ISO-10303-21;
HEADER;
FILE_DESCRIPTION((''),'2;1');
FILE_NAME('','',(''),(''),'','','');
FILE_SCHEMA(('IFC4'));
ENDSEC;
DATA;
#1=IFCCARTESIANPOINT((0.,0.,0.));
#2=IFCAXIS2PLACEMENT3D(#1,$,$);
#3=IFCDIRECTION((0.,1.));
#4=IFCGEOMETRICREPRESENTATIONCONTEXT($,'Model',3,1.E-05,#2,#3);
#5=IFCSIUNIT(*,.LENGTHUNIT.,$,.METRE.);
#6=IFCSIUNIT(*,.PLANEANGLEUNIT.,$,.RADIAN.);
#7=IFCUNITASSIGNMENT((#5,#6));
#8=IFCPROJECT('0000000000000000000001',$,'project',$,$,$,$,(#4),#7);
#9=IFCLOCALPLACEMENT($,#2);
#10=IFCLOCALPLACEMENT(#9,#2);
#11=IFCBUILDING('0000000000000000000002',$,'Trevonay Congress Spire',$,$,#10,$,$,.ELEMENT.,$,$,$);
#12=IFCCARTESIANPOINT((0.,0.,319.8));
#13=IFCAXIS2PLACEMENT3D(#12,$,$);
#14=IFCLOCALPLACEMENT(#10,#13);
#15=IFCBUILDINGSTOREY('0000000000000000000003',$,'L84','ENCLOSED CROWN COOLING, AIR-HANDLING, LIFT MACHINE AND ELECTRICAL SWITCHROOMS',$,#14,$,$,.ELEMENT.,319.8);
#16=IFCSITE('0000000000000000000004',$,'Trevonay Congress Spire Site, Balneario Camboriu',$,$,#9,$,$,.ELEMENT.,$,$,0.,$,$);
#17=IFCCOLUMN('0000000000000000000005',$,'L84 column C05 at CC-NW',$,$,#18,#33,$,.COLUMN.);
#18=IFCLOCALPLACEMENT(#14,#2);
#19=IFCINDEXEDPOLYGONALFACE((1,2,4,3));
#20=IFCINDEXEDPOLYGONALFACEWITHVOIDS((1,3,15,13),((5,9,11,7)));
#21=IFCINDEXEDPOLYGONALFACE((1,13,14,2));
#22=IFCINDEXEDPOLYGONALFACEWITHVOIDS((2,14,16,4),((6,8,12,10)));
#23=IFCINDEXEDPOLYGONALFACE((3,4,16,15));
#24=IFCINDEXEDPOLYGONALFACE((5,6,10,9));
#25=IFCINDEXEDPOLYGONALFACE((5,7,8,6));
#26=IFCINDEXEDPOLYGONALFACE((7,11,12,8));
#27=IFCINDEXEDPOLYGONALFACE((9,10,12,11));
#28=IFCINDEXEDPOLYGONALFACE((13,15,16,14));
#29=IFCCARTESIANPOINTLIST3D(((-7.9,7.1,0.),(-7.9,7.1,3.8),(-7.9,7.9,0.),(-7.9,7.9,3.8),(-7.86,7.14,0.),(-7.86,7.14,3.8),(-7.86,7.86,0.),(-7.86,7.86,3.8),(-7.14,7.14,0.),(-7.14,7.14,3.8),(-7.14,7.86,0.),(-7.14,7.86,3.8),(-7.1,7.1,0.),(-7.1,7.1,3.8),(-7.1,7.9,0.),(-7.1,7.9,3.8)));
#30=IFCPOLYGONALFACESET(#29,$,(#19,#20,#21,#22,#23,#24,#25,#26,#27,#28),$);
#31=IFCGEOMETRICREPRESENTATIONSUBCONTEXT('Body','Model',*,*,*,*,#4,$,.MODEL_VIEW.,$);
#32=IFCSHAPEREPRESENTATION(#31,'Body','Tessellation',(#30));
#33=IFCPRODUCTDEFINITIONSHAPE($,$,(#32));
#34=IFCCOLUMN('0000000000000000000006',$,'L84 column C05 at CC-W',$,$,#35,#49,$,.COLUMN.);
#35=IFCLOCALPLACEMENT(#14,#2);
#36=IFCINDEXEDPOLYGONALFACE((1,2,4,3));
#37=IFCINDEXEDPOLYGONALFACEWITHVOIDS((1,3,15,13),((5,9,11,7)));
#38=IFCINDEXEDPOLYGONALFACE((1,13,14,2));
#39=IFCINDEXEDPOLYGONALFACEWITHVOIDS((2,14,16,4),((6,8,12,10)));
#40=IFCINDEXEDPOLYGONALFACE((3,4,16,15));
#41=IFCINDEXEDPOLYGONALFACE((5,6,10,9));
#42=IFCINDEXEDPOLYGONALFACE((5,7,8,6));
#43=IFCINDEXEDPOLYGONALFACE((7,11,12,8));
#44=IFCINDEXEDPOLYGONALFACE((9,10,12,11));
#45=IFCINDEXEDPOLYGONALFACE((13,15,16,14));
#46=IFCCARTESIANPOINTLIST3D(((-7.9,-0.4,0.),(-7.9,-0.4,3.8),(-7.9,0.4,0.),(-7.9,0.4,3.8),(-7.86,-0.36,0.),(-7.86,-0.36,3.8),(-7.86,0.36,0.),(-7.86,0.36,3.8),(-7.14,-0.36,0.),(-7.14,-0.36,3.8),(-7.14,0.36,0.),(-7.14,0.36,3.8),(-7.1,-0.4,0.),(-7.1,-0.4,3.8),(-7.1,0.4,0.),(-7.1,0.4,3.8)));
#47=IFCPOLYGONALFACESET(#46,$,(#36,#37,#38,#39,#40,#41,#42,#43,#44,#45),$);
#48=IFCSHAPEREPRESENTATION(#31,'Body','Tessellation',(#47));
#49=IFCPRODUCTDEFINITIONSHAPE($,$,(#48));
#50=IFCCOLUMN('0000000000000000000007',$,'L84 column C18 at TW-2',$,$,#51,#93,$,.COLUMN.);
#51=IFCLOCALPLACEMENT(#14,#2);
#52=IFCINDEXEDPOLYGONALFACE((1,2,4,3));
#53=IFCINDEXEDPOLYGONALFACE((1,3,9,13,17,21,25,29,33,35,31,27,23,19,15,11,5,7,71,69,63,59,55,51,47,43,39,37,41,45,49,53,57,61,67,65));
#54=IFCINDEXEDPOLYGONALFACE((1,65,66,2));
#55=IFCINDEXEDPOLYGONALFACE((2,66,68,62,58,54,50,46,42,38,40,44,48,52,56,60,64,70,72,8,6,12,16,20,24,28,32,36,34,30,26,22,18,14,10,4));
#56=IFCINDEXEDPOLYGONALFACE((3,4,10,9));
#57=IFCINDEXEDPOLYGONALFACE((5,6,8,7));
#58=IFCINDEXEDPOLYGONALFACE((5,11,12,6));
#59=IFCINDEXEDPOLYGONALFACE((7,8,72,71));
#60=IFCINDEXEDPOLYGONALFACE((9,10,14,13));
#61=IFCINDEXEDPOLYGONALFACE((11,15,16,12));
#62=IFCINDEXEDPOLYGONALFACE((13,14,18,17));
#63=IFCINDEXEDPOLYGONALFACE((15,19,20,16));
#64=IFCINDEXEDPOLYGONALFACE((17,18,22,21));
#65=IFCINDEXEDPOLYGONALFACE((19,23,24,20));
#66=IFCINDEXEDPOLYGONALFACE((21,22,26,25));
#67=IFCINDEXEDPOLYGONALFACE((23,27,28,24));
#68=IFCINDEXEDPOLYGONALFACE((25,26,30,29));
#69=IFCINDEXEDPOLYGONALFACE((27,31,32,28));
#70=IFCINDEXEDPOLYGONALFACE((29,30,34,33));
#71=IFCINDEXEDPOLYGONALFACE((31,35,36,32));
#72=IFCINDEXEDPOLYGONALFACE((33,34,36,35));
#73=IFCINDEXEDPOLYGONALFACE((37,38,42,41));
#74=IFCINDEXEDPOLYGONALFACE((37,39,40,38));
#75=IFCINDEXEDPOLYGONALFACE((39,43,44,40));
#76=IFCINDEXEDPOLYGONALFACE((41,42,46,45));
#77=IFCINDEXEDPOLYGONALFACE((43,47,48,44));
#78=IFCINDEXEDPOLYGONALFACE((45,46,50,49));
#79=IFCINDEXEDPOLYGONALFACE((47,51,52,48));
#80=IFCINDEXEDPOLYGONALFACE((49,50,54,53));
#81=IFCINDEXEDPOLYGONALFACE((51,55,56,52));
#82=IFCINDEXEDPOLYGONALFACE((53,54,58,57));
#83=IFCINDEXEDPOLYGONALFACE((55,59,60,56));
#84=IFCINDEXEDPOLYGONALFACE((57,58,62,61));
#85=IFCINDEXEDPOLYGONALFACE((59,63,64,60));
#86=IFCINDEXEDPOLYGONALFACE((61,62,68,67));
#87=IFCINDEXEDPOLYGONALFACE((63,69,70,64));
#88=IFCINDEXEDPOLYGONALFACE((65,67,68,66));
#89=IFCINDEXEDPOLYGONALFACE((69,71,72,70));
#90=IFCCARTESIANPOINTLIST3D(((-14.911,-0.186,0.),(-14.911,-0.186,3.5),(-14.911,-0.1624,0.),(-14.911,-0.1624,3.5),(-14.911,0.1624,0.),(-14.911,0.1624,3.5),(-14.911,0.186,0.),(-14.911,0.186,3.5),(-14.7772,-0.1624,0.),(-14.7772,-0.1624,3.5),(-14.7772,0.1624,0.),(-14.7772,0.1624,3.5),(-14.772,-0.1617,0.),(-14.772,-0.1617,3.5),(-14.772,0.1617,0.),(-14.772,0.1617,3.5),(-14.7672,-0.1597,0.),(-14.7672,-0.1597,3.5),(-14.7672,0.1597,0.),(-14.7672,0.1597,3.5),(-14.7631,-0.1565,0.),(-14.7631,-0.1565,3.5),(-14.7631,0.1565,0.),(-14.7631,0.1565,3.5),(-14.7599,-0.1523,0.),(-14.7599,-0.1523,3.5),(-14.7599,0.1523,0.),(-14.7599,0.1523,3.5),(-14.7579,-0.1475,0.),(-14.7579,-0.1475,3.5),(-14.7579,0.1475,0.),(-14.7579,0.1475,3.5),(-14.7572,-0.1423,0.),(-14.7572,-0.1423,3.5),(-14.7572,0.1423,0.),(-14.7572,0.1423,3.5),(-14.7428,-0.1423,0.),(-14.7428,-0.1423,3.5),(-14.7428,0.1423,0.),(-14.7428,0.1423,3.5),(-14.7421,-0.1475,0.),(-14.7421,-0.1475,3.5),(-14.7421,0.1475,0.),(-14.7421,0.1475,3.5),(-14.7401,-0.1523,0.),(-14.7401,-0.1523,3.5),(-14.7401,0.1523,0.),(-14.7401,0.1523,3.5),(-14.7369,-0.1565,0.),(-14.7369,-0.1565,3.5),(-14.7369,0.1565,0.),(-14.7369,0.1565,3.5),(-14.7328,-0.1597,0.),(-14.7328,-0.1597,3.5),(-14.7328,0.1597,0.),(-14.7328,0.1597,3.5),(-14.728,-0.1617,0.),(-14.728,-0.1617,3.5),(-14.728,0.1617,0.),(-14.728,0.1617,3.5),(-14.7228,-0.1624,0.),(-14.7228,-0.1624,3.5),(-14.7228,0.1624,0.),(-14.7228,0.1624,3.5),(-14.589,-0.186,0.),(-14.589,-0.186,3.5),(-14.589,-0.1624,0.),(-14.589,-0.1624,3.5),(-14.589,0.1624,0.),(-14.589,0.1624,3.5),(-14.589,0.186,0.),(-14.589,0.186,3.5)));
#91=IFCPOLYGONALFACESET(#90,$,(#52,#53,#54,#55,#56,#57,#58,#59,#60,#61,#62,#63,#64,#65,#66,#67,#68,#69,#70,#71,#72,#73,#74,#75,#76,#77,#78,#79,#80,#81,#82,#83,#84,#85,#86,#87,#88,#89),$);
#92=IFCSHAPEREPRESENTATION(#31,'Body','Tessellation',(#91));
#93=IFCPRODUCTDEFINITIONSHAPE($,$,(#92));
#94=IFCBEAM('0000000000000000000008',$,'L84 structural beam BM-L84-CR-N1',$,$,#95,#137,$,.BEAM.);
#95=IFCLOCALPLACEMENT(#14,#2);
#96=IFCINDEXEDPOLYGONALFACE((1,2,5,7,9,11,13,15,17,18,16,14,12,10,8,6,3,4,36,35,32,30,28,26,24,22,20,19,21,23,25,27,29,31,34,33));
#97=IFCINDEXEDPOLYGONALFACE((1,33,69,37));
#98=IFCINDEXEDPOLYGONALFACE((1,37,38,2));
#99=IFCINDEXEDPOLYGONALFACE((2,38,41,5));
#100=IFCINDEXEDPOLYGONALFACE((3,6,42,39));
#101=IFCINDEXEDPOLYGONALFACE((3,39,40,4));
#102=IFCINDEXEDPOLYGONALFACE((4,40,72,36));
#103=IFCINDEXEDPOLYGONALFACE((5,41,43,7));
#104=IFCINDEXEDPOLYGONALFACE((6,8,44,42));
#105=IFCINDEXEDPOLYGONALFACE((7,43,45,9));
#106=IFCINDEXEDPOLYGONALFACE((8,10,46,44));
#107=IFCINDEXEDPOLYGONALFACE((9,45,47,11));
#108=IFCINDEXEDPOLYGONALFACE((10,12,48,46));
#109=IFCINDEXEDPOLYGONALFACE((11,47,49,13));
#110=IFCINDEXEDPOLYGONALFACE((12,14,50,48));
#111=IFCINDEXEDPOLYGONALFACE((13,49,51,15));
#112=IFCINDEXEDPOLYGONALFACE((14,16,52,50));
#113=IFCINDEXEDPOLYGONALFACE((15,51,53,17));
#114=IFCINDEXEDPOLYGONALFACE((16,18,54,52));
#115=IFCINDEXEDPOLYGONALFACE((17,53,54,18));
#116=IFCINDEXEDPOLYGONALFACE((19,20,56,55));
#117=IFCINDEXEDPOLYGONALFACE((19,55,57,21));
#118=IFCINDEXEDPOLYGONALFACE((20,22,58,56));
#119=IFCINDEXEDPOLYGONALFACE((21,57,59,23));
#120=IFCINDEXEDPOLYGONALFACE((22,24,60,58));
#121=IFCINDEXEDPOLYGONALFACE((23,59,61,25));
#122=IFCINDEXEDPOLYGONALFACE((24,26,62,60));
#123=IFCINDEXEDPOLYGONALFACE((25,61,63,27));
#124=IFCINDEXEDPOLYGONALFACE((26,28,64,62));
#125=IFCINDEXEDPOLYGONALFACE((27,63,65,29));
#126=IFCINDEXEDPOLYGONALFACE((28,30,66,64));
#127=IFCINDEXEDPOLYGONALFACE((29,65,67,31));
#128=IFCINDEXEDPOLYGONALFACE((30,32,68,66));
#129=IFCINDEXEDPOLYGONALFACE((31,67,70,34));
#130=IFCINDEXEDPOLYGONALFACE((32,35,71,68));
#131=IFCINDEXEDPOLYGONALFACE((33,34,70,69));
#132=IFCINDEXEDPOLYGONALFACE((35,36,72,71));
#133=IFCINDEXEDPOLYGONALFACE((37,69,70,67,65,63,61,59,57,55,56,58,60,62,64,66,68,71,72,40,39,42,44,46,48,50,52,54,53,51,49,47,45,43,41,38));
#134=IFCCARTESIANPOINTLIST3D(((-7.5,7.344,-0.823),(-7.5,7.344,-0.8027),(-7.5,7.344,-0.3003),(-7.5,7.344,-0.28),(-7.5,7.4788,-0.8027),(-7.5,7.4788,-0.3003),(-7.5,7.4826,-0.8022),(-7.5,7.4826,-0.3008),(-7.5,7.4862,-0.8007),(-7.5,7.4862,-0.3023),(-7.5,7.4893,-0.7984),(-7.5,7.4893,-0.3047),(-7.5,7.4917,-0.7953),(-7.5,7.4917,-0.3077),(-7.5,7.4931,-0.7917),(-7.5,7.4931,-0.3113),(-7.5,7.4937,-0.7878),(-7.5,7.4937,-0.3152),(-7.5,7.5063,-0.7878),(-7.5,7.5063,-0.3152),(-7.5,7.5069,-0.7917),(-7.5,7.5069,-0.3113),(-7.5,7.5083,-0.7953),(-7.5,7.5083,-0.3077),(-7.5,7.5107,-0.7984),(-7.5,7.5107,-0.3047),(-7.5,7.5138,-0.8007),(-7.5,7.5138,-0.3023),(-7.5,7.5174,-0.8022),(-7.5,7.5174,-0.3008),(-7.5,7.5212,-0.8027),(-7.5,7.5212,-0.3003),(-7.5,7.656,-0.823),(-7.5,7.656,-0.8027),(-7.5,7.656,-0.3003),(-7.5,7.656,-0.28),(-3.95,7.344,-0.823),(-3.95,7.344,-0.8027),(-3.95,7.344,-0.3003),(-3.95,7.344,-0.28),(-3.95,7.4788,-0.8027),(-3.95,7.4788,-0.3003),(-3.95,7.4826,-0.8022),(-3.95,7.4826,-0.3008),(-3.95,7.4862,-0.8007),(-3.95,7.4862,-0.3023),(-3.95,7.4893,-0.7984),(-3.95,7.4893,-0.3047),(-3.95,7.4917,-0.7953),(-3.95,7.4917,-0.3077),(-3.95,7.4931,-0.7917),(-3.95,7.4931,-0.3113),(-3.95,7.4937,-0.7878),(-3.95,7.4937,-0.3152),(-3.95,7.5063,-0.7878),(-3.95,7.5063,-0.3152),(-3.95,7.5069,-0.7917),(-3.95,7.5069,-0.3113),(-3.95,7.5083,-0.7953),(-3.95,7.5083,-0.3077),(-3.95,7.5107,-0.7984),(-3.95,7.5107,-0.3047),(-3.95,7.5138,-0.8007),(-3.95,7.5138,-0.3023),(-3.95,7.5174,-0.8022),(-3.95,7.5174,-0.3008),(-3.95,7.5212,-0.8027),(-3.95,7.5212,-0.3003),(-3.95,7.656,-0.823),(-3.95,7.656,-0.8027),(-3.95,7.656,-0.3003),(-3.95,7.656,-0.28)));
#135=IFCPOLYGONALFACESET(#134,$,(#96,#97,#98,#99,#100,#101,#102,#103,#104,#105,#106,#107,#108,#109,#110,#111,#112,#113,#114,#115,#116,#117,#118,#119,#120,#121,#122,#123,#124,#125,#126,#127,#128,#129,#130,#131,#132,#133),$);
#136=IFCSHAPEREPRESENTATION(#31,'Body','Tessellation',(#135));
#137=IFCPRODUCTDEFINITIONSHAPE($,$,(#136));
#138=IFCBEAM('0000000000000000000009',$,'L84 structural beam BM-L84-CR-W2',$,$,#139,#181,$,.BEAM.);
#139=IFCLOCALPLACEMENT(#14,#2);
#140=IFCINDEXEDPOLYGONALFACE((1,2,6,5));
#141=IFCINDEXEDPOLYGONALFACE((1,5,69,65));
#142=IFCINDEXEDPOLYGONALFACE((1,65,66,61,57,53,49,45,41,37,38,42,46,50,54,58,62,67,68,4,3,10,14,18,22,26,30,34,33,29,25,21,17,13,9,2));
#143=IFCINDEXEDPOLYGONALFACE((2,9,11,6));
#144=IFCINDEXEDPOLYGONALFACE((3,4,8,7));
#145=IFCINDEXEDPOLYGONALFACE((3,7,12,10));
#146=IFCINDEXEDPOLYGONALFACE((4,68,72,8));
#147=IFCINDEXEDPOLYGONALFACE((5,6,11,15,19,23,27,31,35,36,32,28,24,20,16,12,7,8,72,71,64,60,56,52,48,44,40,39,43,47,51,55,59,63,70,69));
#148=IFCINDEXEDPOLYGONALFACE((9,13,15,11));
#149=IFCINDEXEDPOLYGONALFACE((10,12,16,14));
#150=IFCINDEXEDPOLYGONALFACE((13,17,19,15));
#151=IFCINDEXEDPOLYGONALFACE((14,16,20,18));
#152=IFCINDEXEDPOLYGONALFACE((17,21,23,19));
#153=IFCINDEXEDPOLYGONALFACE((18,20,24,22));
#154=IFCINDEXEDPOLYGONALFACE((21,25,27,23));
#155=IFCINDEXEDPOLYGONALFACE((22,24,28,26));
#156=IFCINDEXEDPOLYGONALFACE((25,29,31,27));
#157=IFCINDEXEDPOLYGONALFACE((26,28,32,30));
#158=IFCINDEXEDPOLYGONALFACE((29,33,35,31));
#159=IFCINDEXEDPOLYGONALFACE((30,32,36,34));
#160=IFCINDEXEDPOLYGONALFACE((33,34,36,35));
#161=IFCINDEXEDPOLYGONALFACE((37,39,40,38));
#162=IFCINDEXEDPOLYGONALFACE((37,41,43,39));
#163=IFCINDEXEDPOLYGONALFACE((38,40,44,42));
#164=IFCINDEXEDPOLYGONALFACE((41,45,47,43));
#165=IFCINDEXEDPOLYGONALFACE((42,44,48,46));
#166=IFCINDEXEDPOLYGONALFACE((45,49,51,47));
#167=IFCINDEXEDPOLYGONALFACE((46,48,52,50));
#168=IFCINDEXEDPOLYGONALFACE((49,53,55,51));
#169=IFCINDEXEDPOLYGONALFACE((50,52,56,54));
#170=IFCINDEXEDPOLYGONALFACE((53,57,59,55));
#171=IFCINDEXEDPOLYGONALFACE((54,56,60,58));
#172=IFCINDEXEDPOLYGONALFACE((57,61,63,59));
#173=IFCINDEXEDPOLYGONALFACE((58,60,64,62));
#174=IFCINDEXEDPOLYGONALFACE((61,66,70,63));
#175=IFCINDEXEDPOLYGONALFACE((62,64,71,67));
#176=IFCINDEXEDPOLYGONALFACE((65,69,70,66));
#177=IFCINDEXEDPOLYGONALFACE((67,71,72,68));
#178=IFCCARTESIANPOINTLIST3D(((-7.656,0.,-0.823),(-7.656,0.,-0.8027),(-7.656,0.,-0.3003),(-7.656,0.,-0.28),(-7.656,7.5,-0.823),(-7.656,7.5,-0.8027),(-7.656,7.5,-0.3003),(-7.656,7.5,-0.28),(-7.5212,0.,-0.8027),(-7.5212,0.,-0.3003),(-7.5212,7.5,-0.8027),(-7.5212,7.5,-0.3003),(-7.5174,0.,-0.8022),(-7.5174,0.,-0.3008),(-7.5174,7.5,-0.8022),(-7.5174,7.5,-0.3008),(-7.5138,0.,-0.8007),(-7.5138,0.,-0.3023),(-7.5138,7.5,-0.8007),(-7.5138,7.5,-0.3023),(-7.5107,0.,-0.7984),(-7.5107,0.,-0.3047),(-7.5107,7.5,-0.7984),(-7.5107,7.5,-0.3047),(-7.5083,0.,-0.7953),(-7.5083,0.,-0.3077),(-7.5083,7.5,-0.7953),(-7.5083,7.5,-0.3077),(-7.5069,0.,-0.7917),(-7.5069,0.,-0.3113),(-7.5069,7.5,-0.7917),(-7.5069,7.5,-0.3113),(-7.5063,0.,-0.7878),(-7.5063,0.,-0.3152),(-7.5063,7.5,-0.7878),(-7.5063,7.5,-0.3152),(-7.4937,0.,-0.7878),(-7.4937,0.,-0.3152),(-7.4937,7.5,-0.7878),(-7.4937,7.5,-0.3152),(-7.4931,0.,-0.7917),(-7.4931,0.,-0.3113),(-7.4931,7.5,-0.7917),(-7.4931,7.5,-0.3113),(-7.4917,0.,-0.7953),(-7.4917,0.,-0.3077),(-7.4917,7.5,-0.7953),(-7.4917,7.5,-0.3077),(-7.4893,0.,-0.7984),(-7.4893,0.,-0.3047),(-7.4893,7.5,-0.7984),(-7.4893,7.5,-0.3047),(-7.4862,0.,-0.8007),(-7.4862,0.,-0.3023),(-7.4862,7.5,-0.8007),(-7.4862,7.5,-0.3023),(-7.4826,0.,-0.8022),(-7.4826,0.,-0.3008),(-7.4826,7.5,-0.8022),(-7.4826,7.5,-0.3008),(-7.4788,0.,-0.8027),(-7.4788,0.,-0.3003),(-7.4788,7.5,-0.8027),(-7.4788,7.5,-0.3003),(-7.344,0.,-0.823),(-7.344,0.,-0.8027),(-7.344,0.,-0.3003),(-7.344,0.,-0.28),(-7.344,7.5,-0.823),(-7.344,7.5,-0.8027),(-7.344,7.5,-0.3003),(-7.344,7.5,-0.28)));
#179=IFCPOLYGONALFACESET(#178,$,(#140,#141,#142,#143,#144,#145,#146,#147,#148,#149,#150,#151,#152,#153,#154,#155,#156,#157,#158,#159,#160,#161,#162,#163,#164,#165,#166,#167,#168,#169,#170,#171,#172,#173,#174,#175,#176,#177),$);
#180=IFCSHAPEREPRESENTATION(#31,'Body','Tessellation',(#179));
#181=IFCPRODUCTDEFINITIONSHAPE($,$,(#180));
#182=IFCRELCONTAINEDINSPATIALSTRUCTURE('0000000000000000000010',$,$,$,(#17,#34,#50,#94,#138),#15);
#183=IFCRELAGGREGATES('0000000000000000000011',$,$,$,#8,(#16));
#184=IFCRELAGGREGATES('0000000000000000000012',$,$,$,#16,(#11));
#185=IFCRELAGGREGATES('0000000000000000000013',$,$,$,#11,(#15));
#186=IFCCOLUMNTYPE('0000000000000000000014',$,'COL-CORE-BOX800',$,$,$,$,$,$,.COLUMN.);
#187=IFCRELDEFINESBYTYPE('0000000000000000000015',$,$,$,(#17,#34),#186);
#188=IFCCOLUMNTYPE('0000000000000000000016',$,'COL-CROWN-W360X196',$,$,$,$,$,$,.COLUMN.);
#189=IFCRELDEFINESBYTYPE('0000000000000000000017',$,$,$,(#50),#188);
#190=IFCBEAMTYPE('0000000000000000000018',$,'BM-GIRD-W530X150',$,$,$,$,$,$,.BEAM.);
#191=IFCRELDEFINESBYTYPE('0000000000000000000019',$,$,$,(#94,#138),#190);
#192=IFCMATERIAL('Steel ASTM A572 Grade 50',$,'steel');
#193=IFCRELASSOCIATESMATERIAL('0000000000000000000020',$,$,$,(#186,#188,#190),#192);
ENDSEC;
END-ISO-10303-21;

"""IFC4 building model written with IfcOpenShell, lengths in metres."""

from ifc_helpers import new_model, si_unit, direction, frame, origin, origin_2d, place, context, subcontext, project, spatial, hollow_rectangle, i_section, extrude, material, material_profile, profile_set, type_object, element, save


model = new_model("IFC4")

# Units and contexts
model_context = context("Model", 3, precision=1e-05, world=origin(), true_north=direction((0.0, 1.0)))
body_context = subcontext(model_context, "Body", "Model", "MODEL_VIEW")
ifc_project = project(units=[si_unit("LENGTHUNIT", "METRE"), si_unit("PLANEANGLEUNIT", "RADIAN")], contexts=[model_context])

# Site, building, storey
site_placement = place(None, origin())
site = spatial("IfcSite", under=ifc_project, at=site_placement, Name="Trevonay Congress Spire Site, Balneario Camboriu", CompositionType="ELEMENT", RefElevation=0.0)
building_placement = place(site_placement, origin())
building = spatial("IfcBuilding", under=site, at=building_placement, Name="Trevonay Congress Spire", CompositionType="ELEMENT")
storey_placement = place(building_placement, frame((0.0, 0.0, 319.8)))
storey = spatial("IfcBuildingStorey", under=building, at=storey_placement, Name="L84", Description="ENCLOSED CROWN COOLING, AIR-HANDLING, LIFT MACHINE AND ELECTRICAL SWITCHROOMS", CompositionType="ELEMENT", Elevation=319.8)

# Columns
ifc_material_1 = material(Name="Steel ASTM A572 Grade 50", Category="steel")
ifc_material_profile_1 = material_profile(ifc_material_1, hollow_rectangle(XDim=0.8, YDim=0.8, WallThickness=0.04, at=origin_2d()), Name="BOX 800x800x40")
ifc_profile_set_1 = profile_set([ifc_material_profile_1], Name="Steel ASTM A572 Grade 50")
column_type_1 = type_object("IfcColumnType", Name="COL-CORE-BOX800", PredefinedType="COLUMN", material=ifc_profile_set_1)
for number, where, z_axis, x_axis, name in (
    (1, (-7.5, 7.5, 0.0), (0.0, 0.0, 1.0), (1.0, 0.0, 0.0), "L84 column C05 at CC-NW"),
    (2, (-7.5, 0.0, 0.0), (0.0, 0.0, 1.0), (1.0, 0.0, 0.0), "L84 column C05 at CC-W"),
):
    element("IfcColumn", number, at=place(storey_placement, frame(where, z_axis=z_axis, x_axis=x_axis)), inside=storey, type_object=column_type_1, Name=name, PredefinedType="COLUMN", context=body_context, shape_type="SweptSolid", body=[
        extrude(hollow_rectangle(XDim=0.8, YDim=0.8, WallThickness=0.04, at=origin_2d()), origin(), (0.0, 0.0, 1.0), 3.8),
    ])
ifc_material_profile_2 = material_profile(ifc_material_1, i_section(OverallWidth=0.322, OverallDepth=0.3721, WebThickness=0.0144, FlangeThickness=0.0237, FilletRadius=0.02, at=origin_2d()), Name="W360x196")
ifc_profile_set_2 = profile_set([ifc_material_profile_2], Name="Steel ASTM A572 Grade 50")
column_type_2 = type_object("IfcColumnType", Name="COL-CROWN-W360X196", PredefinedType="COLUMN", material=ifc_profile_set_2)
column_placement = place(storey_placement, frame((-14.75, 0.0, 0.0), z_axis=(0.0, 0.0, 1.0), x_axis=(1.0, 0.0, 0.0)))
element("IfcColumn", 3, at=column_placement, inside=storey, type_object=column_type_2, Name="L84 column C18 at TW-2", PredefinedType="COLUMN", context=body_context, shape_type="SweptSolid", body=[
    extrude(i_section(OverallWidth=0.322, OverallDepth=0.3721, WebThickness=0.0144, FlangeThickness=0.0237, FilletRadius=0.02, at=origin_2d()), origin(), (0.0, 0.0, 1.0), 3.5),
])

# Beams
ifc_material_profile_3 = material_profile(ifc_material_1, i_section(OverallWidth=0.312, OverallDepth=0.543, WebThickness=0.0127, FlangeThickness=0.0203, FilletRadius=0.0149, at=origin_2d()), Name="W530x150")
ifc_profile_set_3 = profile_set([ifc_material_profile_3], Name="Steel ASTM A572 Grade 50")
beam_type_1 = type_object("IfcBeamType", Name="BM-GIRD-W530X150", PredefinedType="BEAM", material=ifc_profile_set_3)
beam_1_placement = place(storey_placement, frame((-7.5, 7.5, -0.5515), z_axis=(1.0, 0.0, 0.0), x_axis=(0.0, 1.0, 0.0)))
element("IfcBeam", 4, at=beam_1_placement, inside=storey, type_object=beam_type_1, Name="L84 structural beam BM-L84-CR-N1", PredefinedType="BEAM", context=body_context, shape_type="SweptSolid", body=[
    extrude(i_section(OverallWidth=0.312, OverallDepth=0.543, WebThickness=0.0127, FlangeThickness=0.0203, FilletRadius=0.0149, at=origin_2d()), origin(), (0.0, 0.0, 1.0), 3.55),
])
beam_2_placement = place(storey_placement, frame((-7.5, 0.0, -0.5515), z_axis=(0.0, 1.0, 0.0), x_axis=(-1.0, 0.0, 0.0)))
element("IfcBeam", 5, at=beam_2_placement, inside=storey, type_object=beam_type_1, Name="L84 structural beam BM-L84-CR-W2", PredefinedType="BEAM", context=body_context, shape_type="SweptSolid", body=[
    extrude(i_section(OverallWidth=0.312, OverallDepth=0.543, WebThickness=0.0127, FlangeThickness=0.0203, FilletRadius=0.0149, at=origin_2d()), origin(), (0.0, 0.0, 1.0), 7.5),
])

save(model, "model.ifc")
